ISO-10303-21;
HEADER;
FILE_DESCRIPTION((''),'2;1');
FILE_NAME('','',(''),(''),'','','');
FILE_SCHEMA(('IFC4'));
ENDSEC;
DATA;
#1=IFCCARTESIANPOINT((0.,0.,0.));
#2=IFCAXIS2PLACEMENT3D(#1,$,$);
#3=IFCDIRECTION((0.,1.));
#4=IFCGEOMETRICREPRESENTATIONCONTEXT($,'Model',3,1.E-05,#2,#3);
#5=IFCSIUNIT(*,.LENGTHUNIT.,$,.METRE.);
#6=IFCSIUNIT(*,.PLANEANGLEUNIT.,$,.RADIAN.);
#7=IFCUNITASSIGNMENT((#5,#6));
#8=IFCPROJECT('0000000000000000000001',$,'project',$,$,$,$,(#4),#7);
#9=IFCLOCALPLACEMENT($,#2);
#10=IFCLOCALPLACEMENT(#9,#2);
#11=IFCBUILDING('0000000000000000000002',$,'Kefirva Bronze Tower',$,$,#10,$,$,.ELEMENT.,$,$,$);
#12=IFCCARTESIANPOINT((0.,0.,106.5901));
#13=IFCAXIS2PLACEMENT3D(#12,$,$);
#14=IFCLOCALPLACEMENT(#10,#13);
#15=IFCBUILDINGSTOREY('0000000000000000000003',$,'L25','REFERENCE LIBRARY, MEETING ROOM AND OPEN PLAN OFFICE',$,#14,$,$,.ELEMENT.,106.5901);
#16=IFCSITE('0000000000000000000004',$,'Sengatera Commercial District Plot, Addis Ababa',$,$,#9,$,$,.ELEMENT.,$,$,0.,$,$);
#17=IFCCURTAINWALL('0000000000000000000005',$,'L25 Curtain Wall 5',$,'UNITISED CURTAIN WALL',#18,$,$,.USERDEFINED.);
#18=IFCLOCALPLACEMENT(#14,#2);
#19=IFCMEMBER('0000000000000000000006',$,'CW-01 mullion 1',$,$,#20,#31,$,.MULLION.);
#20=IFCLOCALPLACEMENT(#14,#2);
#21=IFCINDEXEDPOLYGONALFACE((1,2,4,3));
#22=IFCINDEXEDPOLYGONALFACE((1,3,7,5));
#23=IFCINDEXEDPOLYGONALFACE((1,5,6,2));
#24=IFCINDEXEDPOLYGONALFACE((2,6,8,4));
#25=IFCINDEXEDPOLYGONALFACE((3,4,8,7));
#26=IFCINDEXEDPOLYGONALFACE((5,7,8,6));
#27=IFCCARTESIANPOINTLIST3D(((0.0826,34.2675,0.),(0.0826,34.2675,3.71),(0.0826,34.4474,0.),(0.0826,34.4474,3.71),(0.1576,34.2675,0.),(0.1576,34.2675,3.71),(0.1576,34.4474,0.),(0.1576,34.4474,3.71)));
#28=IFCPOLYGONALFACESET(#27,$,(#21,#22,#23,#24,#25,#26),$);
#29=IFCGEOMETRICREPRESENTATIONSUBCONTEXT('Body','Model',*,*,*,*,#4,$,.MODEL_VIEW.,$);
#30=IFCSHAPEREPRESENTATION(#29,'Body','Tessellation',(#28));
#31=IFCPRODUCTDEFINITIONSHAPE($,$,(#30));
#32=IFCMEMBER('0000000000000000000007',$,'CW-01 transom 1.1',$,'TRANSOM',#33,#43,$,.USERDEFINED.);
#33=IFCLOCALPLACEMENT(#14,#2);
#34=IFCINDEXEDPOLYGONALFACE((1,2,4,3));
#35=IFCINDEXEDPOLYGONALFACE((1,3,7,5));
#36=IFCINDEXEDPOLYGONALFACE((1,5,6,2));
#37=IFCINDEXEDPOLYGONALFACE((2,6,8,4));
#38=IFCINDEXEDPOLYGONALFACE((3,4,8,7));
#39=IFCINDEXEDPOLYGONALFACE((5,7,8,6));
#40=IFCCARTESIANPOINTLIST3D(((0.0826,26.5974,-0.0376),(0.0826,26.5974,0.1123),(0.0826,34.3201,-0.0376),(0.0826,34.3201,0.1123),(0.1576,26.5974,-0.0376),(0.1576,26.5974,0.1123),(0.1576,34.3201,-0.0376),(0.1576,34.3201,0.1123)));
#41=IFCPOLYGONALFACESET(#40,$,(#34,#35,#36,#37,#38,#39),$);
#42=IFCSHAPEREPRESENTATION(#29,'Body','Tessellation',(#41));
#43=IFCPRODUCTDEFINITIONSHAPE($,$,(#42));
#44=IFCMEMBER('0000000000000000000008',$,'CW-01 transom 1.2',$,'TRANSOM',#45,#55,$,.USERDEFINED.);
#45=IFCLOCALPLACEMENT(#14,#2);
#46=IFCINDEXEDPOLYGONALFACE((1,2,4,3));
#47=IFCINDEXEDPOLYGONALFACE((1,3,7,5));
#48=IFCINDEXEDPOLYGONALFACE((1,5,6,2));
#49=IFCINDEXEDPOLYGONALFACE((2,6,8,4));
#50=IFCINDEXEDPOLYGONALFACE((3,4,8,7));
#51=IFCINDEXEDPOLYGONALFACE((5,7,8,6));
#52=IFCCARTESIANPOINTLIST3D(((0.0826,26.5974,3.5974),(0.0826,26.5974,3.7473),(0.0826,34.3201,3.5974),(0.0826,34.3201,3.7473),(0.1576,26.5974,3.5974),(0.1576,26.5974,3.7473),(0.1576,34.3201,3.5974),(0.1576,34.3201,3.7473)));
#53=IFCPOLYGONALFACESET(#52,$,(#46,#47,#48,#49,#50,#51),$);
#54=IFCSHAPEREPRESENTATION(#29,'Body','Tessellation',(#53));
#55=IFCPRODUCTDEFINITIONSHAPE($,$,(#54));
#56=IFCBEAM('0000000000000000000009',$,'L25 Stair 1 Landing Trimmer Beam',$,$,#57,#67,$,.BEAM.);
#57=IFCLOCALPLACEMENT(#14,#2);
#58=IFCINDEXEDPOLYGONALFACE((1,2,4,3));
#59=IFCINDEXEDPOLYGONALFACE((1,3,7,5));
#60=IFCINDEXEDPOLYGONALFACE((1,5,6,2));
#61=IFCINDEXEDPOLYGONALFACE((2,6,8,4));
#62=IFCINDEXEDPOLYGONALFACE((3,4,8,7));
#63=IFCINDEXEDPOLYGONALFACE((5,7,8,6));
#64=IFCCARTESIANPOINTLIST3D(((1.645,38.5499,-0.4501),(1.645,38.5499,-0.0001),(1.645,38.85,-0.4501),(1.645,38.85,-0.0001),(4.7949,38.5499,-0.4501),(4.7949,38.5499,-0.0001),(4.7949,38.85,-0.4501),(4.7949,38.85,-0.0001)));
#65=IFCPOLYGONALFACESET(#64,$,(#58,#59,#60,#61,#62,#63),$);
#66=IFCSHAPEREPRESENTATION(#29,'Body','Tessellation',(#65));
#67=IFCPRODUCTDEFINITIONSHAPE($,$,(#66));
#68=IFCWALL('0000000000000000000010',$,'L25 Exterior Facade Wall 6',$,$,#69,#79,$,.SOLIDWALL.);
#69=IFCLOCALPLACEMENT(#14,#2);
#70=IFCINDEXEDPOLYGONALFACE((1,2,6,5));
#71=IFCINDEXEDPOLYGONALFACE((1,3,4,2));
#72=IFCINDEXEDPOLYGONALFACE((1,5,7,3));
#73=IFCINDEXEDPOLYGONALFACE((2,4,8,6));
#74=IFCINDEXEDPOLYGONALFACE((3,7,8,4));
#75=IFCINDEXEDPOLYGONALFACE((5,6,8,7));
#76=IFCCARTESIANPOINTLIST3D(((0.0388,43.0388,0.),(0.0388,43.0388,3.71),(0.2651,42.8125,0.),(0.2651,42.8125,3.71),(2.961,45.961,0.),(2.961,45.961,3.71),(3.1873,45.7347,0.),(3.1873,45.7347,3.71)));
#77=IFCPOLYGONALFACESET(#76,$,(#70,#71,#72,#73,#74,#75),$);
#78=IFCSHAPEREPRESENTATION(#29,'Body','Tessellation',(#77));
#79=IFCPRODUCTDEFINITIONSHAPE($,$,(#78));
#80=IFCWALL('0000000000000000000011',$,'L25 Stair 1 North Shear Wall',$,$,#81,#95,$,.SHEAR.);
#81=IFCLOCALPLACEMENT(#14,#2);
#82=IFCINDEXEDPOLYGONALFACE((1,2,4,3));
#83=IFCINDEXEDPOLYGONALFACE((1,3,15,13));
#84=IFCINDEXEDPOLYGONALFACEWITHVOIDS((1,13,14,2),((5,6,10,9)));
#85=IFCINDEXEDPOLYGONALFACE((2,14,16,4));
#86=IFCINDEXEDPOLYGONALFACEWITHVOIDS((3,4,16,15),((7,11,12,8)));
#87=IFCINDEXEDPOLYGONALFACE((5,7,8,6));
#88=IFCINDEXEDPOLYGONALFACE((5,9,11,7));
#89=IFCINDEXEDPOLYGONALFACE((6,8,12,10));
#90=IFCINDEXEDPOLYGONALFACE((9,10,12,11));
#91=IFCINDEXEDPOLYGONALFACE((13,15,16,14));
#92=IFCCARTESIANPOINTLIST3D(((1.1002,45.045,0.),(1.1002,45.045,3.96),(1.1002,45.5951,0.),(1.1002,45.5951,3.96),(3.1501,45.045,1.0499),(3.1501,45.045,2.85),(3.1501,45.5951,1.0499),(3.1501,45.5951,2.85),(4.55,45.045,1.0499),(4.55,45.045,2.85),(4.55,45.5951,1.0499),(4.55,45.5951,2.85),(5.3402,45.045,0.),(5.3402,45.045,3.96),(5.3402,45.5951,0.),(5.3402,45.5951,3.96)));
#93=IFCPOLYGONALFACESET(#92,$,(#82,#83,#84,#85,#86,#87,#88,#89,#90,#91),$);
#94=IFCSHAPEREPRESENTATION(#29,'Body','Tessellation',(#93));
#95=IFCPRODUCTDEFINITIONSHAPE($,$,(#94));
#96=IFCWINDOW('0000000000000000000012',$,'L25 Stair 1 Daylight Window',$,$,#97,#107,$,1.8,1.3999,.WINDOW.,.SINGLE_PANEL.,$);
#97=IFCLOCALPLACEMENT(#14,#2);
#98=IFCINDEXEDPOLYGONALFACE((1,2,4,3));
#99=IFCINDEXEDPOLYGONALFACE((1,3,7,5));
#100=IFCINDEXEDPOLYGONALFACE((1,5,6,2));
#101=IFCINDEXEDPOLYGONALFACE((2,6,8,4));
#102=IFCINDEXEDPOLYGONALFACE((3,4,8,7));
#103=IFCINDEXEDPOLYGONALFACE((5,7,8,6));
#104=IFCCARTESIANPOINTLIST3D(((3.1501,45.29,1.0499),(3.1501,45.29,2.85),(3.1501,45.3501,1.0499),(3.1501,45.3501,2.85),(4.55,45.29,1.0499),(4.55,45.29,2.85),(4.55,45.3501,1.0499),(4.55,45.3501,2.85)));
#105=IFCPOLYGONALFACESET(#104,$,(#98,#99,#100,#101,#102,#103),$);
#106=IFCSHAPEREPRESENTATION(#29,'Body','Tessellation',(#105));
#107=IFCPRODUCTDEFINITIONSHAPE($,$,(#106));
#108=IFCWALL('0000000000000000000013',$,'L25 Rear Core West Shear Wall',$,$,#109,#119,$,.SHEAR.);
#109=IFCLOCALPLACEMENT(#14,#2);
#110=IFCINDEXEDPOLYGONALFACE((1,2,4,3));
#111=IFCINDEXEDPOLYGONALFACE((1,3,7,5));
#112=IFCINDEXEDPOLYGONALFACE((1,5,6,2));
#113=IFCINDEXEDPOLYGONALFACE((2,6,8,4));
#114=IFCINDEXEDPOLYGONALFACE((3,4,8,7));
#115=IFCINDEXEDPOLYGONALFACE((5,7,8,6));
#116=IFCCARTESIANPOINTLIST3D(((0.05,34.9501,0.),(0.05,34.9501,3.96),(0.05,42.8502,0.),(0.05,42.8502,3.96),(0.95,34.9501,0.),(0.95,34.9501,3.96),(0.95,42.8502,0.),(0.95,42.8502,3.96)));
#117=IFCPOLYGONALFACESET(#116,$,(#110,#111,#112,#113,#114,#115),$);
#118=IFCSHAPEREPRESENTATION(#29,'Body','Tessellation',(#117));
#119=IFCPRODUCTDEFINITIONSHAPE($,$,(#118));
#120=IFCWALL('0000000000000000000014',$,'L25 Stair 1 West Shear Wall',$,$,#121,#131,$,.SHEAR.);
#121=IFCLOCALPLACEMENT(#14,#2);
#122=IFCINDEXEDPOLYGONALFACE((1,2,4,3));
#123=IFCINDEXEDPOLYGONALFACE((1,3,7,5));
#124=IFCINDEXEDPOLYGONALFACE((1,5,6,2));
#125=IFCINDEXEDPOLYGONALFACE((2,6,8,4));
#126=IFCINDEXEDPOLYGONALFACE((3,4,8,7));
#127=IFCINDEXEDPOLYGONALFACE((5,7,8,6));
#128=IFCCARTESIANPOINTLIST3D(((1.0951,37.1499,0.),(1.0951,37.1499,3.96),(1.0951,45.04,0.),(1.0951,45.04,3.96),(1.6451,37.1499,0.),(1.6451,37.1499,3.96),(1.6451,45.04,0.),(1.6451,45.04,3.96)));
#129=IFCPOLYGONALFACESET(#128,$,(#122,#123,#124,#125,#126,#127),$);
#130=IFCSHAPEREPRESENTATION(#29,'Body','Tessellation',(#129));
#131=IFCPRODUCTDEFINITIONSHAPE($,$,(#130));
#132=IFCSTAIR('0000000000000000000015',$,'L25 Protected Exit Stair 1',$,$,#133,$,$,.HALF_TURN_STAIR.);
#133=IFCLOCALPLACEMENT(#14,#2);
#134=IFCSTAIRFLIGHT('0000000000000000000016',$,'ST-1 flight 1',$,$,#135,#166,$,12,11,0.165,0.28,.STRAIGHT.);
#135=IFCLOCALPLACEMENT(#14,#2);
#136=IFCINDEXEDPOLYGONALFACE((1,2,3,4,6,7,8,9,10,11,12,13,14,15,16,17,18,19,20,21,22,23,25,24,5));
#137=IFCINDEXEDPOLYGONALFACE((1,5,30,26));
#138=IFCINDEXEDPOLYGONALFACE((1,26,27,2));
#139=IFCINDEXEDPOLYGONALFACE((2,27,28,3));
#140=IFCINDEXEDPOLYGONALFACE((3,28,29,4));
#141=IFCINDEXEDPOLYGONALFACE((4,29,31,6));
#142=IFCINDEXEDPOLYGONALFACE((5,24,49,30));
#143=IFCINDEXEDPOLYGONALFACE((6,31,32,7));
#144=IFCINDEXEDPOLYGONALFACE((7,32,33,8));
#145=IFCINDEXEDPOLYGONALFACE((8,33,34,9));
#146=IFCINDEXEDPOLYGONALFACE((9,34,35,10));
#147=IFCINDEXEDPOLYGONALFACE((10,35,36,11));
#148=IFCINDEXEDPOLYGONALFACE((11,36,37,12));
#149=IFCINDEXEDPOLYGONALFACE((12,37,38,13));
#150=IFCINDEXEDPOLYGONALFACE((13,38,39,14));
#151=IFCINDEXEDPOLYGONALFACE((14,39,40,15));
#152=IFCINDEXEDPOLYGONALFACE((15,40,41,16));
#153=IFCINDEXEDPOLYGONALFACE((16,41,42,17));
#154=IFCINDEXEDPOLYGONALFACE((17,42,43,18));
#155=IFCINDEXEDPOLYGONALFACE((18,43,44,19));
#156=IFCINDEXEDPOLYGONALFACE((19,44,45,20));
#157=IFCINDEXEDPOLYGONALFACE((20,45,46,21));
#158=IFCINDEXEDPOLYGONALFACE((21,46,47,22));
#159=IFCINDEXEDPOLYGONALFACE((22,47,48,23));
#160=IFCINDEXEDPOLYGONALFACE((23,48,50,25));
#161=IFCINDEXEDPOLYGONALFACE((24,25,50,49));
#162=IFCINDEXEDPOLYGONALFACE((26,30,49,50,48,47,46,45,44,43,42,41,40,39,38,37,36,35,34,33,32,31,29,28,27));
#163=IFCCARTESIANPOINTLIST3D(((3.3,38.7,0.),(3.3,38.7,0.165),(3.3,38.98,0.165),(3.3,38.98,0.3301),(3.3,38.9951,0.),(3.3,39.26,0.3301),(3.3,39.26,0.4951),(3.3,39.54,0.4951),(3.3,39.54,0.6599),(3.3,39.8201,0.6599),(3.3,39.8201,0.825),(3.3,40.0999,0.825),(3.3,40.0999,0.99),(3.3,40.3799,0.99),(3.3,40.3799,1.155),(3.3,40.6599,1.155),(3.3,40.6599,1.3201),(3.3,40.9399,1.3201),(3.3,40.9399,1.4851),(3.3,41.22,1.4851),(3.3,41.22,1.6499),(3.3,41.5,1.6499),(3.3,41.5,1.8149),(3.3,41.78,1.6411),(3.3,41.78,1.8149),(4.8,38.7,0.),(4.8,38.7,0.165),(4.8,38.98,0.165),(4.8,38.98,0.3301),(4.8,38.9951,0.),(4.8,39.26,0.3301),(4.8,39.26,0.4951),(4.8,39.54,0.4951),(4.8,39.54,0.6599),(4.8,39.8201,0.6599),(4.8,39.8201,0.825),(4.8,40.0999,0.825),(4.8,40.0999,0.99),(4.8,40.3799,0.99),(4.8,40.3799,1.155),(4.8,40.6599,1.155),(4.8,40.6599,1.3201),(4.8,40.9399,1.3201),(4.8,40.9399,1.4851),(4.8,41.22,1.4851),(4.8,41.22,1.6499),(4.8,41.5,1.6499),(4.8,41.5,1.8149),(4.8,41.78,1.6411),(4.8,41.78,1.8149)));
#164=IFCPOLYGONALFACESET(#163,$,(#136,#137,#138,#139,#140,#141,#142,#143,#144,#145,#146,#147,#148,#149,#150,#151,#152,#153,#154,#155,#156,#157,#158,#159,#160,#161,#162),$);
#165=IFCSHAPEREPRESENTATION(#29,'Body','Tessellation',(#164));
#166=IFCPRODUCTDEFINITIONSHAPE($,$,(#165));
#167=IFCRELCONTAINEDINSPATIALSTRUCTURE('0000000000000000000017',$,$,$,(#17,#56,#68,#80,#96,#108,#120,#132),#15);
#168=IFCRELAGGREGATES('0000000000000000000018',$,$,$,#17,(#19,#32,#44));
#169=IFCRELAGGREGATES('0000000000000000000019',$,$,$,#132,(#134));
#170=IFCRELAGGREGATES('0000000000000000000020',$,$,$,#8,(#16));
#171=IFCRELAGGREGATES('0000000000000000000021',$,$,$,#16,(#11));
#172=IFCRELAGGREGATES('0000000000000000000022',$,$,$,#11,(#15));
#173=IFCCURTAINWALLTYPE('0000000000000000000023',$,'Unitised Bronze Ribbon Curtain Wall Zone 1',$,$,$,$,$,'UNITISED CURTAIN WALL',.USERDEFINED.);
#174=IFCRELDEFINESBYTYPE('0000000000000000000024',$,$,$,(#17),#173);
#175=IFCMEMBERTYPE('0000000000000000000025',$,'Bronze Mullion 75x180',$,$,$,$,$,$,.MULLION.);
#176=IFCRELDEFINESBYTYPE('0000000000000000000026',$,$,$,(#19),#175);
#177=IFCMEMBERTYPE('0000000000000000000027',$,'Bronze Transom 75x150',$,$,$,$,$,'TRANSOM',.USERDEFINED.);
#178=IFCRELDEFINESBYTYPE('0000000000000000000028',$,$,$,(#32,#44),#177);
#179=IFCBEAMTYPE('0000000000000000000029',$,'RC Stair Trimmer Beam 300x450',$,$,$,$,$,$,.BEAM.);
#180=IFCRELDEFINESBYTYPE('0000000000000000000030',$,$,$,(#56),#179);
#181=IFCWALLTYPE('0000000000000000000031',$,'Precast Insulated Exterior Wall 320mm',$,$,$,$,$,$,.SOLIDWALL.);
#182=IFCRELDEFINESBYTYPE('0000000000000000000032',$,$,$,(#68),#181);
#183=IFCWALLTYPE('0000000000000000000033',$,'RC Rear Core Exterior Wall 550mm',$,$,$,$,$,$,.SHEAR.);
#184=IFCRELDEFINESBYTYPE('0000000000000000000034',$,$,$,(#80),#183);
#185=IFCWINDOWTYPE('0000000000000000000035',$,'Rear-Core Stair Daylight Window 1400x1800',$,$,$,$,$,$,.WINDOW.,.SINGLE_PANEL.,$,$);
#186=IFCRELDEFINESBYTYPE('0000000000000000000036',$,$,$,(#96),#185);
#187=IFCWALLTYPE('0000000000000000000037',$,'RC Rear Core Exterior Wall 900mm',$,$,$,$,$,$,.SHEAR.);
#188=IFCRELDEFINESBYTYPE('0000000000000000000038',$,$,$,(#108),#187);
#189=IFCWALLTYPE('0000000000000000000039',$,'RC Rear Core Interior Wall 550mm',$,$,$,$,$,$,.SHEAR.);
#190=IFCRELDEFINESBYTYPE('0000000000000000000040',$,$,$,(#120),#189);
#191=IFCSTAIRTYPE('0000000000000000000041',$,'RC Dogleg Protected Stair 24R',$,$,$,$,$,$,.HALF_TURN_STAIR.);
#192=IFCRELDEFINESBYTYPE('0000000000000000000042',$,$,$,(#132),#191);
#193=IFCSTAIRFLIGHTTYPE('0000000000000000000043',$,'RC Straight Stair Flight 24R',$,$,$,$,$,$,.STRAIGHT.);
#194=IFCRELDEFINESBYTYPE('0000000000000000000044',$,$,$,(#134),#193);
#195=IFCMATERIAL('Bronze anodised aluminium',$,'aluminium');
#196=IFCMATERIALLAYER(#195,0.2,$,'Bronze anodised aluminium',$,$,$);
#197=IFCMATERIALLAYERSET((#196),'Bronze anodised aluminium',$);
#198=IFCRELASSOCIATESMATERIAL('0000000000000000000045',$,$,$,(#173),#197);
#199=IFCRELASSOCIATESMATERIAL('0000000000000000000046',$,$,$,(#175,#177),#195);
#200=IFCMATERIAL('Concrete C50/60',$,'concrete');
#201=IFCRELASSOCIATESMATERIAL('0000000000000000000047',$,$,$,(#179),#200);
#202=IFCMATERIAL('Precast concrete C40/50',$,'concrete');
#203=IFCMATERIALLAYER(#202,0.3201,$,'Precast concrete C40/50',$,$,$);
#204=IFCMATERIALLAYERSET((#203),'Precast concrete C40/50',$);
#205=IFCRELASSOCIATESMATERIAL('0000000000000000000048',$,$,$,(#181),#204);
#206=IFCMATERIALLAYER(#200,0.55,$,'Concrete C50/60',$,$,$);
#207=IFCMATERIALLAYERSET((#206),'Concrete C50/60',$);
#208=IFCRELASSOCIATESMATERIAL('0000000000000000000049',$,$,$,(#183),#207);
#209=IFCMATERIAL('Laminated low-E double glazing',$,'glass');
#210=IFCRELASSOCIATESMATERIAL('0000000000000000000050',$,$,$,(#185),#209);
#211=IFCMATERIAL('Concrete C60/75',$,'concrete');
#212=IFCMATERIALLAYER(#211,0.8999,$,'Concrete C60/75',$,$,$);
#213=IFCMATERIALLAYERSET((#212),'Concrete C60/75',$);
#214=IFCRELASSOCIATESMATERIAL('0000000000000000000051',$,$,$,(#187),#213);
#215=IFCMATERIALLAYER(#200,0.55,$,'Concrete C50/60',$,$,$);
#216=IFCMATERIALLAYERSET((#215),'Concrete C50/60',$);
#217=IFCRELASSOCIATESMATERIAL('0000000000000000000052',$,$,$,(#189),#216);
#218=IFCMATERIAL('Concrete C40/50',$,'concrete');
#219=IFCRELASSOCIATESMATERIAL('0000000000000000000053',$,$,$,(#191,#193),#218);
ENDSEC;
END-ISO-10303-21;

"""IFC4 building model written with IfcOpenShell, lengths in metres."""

from ifc_helpers import new_model, si_unit, direction, frame, frame_2d, origin, origin_2d, place, context, subcontext, project, spatial, polyline, rectangle, outline, extrude, material, layer, layer_set, material_profile, profile_set, type_object, element, fill, aggregate, save


model = new_model("IFC4")

# Units and contexts
model_context = context("Model", 3, precision=1e-05, world=origin(), true_north=direction((0.0, 1.0)))
body_context = subcontext(model_context, "Body", "Model", "MODEL_VIEW")
ifc_project = project(units=[si_unit("LENGTHUNIT", "METRE"), si_unit("PLANEANGLEUNIT", "RADIAN")], contexts=[model_context])

# Site, building, storey
site_placement = place(None, origin())
site = spatial("IfcSite", under=ifc_project, at=site_placement, Name="Sengatera Commercial District Plot, Addis Ababa", CompositionType="ELEMENT", RefElevation=0.0)
building_placement = place(site_placement, origin())
building = spatial("IfcBuilding", under=site, at=building_placement, Name="Kefirva Bronze Tower", CompositionType="ELEMENT")
storey_placement = place(building_placement, frame((0.0, 0.0, 106.5901)))
storey = spatial("IfcBuildingStorey", under=building, at=storey_placement, Name="L25", Description="REFERENCE LIBRARY, MEETING ROOM AND OPEN PLAN OFFICE", CompositionType="ELEMENT", Elevation=106.5901)

# Curtain wall, members
ifc_material_1 = material(Name="Bronze anodised aluminium", Category="aluminium")
ifc_layer_1 = layer(ifc_material_1, 0.2, Name="Bronze anodised aluminium")
ifc_layer_set_1 = layer_set([ifc_layer_1], Name="Bronze anodised aluminium")
curtain_wall_type = type_object("IfcCurtainWallType", Name="Unitised Bronze Ribbon Curtain Wall Zone 1", ElementType="UNITISED CURTAIN WALL", PredefinedType="USERDEFINED", material=ifc_layer_set_1)
curtain_wall_placement = place(storey_placement, origin())
curtain_wall = element("IfcCurtainWall", 1, at=curtain_wall_placement, inside=storey, type_object=curtain_wall_type, Name="L25 Curtain Wall 5", ObjectType="UNITISED CURTAIN WALL", PredefinedType="USERDEFINED")
ifc_material_profile_1 = material_profile(ifc_material_1, rectangle(XDim=0.075, YDim=0.1799, at=origin_2d()), Name="ALU 75x180")
ifc_profile_set_1 = profile_set([ifc_material_profile_1], Name="Bronze anodised aluminium")
member_type_1 = type_object("IfcMemberType", Name="Bronze Mullion 75x180", PredefinedType="MULLION", material=ifc_profile_set_1)
member_1_placement = place(storey_placement, frame((0.1201, 34.3574, 0.0), z_axis=(0.0, 0.0, 1.0), x_axis=(1.0, 0.0, 0.0)))
member_1 = element("IfcMember", 2, at=member_1_placement, type_object=member_type_1, Name="CW-01 mullion 1", PredefinedType="MULLION", context=body_context, shape_type="SweptSolid", body=[
    extrude(rectangle(XDim=0.075, YDim=0.1799, at=origin_2d()), origin(), (0.0, 0.0, 1.0), 3.71),
])
ifc_material_profile_2 = material_profile(ifc_material_1, rectangle(XDim=0.075, YDim=0.1499, at=origin_2d()), Name="ALU 75x150")
ifc_profile_set_2 = profile_set([ifc_material_profile_2], Name="Bronze anodised aluminium")
member_type_2 = type_object("IfcMemberType", Name="Bronze Transom 75x150", ElementType="TRANSOM", PredefinedType="USERDEFINED", material=ifc_profile_set_2)
member_2_placement = place(storey_placement, frame((0.1201, 34.3201, 0.0374), z_axis=(0.0, -1.0, 0.0), x_axis=(1.0, 0.0, 0.0)))
member_2 = element("IfcMember", 3, at=member_2_placement, type_object=member_type_2, Name="CW-01 transom 1.1", ObjectType="TRANSOM", PredefinedType="USERDEFINED", context=body_context, shape_type="SweptSolid", body=[
    extrude(rectangle(XDim=0.075, YDim=0.1499, at=origin_2d()), origin(), (0.0, 0.0, 1.0), 7.7227),
])
member_3_placement = place(storey_placement, frame((0.1201, 34.3201, 3.6724), z_axis=(0.0, -1.0, 0.0), x_axis=(1.0, 0.0, 0.0)))
member_3 = element("IfcMember", 4, at=member_3_placement, type_object=member_type_2, Name="CW-01 transom 1.2", ObjectType="TRANSOM", PredefinedType="USERDEFINED", context=body_context, shape_type="SweptSolid", body=[
    extrude(rectangle(XDim=0.075, YDim=0.1499, at=origin_2d()), origin(), (0.0, 0.0, 1.0), 7.7227),
])
aggregate(curtain_wall, [member_1, member_2, member_3])

# Beam
ifc_material_2 = material(Name="Concrete C50/60", Category="concrete")
ifc_material_profile_3 = material_profile(ifc_material_2, rectangle(XDim=0.3, YDim=0.45, at=origin_2d()), Name="RC 300x450")
ifc_profile_set_3 = profile_set([ifc_material_profile_3], Name="Concrete C50/60")
beam_type = type_object("IfcBeamType", Name="RC Stair Trimmer Beam 300x450", PredefinedType="BEAM", material=ifc_profile_set_3)
beam_placement = place(storey_placement, frame((1.645, 38.7, -0.2251), z_axis=(1.0, 0.0, 0.0), x_axis=(0.0, 1.0, 0.0)))
element("IfcBeam", 5, at=beam_placement, inside=storey, type_object=beam_type, Name="L25 Stair 1 Landing Trimmer Beam", PredefinedType="BEAM", context=body_context, shape_type="SweptSolid", body=[
    extrude(rectangle(XDim=0.3, YDim=0.45, at=origin_2d()), origin(), (0.0, 0.0, 1.0), 3.1499),
])

# Wall
ifc_material_3 = material(Name="Precast concrete C40/50", Category="concrete")
ifc_layer_2 = layer(ifc_material_3, 0.3201, Name="Precast concrete C40/50")
ifc_layer_set_2 = layer_set([ifc_layer_2], Name="Precast concrete C40/50")
wall_type_1 = type_object("IfcWallType", Name="Precast Insulated Exterior Wall 320mm", PredefinedType="SOLIDWALL", material=ifc_layer_set_2)
wall_1_placement = place(storey_placement, frame((3.0742, 45.8479, 0.0), z_axis=(0.0, 0.0, 1.0), x_axis=(-0.707107, -0.707107, 0.0)))
element("IfcWall", 6, at=wall_1_placement, inside=storey, type_object=wall_type_1, Name="L25 Exterior Facade Wall 6", PredefinedType="SOLIDWALL", context=body_context, shape_type="SweptSolid", body=[
    extrude(rectangle(XDim=4.1326, YDim=0.3201, at=frame_2d((2.0664, 0.0))), origin(), (0.0, 0.0, 1.0), 3.71),
])

# Wall, opening, window
ifc_layer_3 = layer(ifc_material_2, 0.55, Name="Concrete C50/60")
ifc_layer_set_3 = layer_set([ifc_layer_3], Name="Concrete C50/60")
wall_type_2 = type_object("IfcWallType", Name="RC Rear Core Exterior Wall 550mm", PredefinedType="SHEAR", material=ifc_layer_set_3)
wall_2_placement = place(storey_placement, frame((1.1001, 45.3201, 0.0), z_axis=(0.0, 0.0, 1.0), x_axis=(1.0, 0.0, 0.0)))
wall_2 = element("IfcWall", 7, at=wall_2_placement, inside=storey, type_object=wall_type_2, Name="L25 Stair 1 North Shear Wall", PredefinedType="SHEAR", context=body_context, shape_type="SweptSolid", body=[
    extrude(rectangle(XDim=4.24, YDim=0.55, at=frame_2d((2.1201, 0.0))), origin(), (0.0, 0.0, 1.0), 3.96),
])
opening_1_placement = place(wall_2_placement, frame((2.05, 0.0, 1.05)))
opening_1 = element("IfcOpeningElement", 8, at=opening_1_placement, cuts=wall_2, PredefinedType="OPENING", context=body_context, shape_type="SweptSolid", body=[
    extrude(rectangle(XDim=1.3999, YDim=1.8, at=frame_2d((0.7, 0.8999))), frame((0.0, 0.2852, 0.0), z_axis=(0.0, -1.0, 0.0), x_axis=(1.0, 0.0, 0.0)), (0.0, 0.0, 1.0), 0.5701),
])
ifc_material_4 = material(Name="Laminated low-E double glazing", Category="glass")
window_type = type_object("IfcWindowType", Name="Rear-Core Stair Daylight Window 1400x1800", PartitioningType="SINGLE_PANEL", PredefinedType="WINDOW", material=ifc_material_4)
window_placement = place(opening_1_placement, origin())
window = element("IfcWindow", 9, at=window_placement, inside=storey, type_object=window_type, Name="L25 Stair 1 Daylight Window", OverallHeight=1.8, OverallWidth=1.3999, PartitioningType="SINGLE_PANEL", PredefinedType="WINDOW", context=body_context, shape_type="SweptSolid", body=[
    extrude(rectangle(XDim=1.3999, YDim=1.8, at=frame_2d((0.7, 0.8999))), frame((0.0, 0.03, 0.0), z_axis=(0.0, -1.0, 0.0), x_axis=(1.0, 0.0, 0.0)), (0.0, 0.0, 1.0), 0.0601),
])
fill(opening_1, window)

# Walls
ifc_material_5 = material(Name="Concrete C60/75", Category="concrete")
ifc_layer_4 = layer(ifc_material_5, 0.8999, Name="Concrete C60/75")
ifc_layer_set_4 = layer_set([ifc_layer_4], Name="Concrete C60/75")
wall_type_3 = type_object("IfcWallType", Name="RC Rear Core Exterior Wall 900mm", PredefinedType="SHEAR", material=ifc_layer_set_4)
wall_3_placement = place(storey_placement, frame((0.5, 34.95, 0.0), z_axis=(0.0, 0.0, 1.0), x_axis=(0.0, 1.0, 0.0)))
element("IfcWall", 10, at=wall_3_placement, inside=storey, type_object=wall_type_3, Name="L25 Rear Core West Shear Wall", PredefinedType="SHEAR", context=body_context, shape_type="SweptSolid", body=[
    extrude(rectangle(XDim=7.9001, YDim=0.8999, at=frame_2d((3.9502, 0.0))), origin(), (0.0, 0.0, 1.0), 3.96),
])
ifc_layer_5 = layer(ifc_material_2, 0.55, Name="Concrete C50/60")
ifc_layer_set_5 = layer_set([ifc_layer_5], Name="Concrete C50/60")
wall_type_4 = type_object("IfcWallType", Name="RC Rear Core Interior Wall 550mm", PredefinedType="SHEAR", material=ifc_layer_set_5)
wall_4_placement = place(storey_placement, frame((1.3701, 37.1499, 0.0), z_axis=(0.0, 0.0, 1.0), x_axis=(0.0, 1.0, 0.0)))
element("IfcWall", 11, at=wall_4_placement, inside=storey, type_object=wall_type_4, Name="L25 Stair 1 West Shear Wall", PredefinedType="SHEAR", context=body_context, shape_type="SweptSolid", body=[
    extrude(rectangle(XDim=7.8901, YDim=0.55, at=frame_2d((3.9451, 0.0))), origin(), (0.0, 0.0, 1.0), 3.96),
])

# Stair, stair flight
ifc_material_6 = material(Name="Concrete C40/50", Category="concrete")
stair_type = type_object("IfcStairType", Name="RC Dogleg Protected Stair 24R", PredefinedType="HALF_TURN_STAIR", material=ifc_material_6)
stair_placement = place(storey_placement, origin())
stair = element("IfcStair", 12, at=stair_placement, inside=storey, type_object=stair_type, Name="L25 Protected Exit Stair 1", PredefinedType="HALF_TURN_STAIR")
stair_flight_type = type_object("IfcStairFlightType", Name="RC Straight Stair Flight 24R", PredefinedType="STRAIGHT", material=ifc_material_6)
stair_flight_1_placement = place(storey_placement, frame((4.05, 38.7, 0.0), z_axis=(0.0, 0.0, 1.0), x_axis=(0.0, 1.0, 0.0)))
stair_flight_1 = element("IfcStairFlight", 13, at=stair_flight_1_placement, type_object=stair_flight_type, Name="ST-1 flight 1", NumberOfRisers=12, NumberOfTreads=11, PredefinedType="STRAIGHT", RiserHeight=0.165, TreadLength=0.28, context=body_context, shape_type="SweptSolid", body=[
    extrude(outline(polyline([(0.0, 0.0), (0.0, 0.165), (0.28, 0.165), (0.28, 0.3301), (0.5601, 0.3301), (0.5601, 0.4951), (0.8401, 0.4951), (0.8401, 0.6599), (1.1201, 0.6599), (1.1201, 0.825), (1.3999, 0.825), (1.3999, 0.99), (1.6799, 0.99), (1.6799, 1.155), (1.96, 1.155), (1.96, 1.3201), (2.24, 1.3201), (2.24, 1.4851), (2.52, 1.4851), (2.52, 1.6499), (2.8, 1.6499), (2.8, 1.8149), (3.0801, 1.8149), (3.0801, 1.98), (3.0801, 1.6411), (0.2952, 0.0), (0.0, 0.0)])), frame((0.0, 0.75, 0.0), z_axis=(0.0, -1.0, 0.0), x_axis=(1.0, 0.0, 0.0)), (0.0, 0.0, 1.0), 1.5),
])
aggregate(stair, [stair_flight_1])

save(model, "model.ifc")
